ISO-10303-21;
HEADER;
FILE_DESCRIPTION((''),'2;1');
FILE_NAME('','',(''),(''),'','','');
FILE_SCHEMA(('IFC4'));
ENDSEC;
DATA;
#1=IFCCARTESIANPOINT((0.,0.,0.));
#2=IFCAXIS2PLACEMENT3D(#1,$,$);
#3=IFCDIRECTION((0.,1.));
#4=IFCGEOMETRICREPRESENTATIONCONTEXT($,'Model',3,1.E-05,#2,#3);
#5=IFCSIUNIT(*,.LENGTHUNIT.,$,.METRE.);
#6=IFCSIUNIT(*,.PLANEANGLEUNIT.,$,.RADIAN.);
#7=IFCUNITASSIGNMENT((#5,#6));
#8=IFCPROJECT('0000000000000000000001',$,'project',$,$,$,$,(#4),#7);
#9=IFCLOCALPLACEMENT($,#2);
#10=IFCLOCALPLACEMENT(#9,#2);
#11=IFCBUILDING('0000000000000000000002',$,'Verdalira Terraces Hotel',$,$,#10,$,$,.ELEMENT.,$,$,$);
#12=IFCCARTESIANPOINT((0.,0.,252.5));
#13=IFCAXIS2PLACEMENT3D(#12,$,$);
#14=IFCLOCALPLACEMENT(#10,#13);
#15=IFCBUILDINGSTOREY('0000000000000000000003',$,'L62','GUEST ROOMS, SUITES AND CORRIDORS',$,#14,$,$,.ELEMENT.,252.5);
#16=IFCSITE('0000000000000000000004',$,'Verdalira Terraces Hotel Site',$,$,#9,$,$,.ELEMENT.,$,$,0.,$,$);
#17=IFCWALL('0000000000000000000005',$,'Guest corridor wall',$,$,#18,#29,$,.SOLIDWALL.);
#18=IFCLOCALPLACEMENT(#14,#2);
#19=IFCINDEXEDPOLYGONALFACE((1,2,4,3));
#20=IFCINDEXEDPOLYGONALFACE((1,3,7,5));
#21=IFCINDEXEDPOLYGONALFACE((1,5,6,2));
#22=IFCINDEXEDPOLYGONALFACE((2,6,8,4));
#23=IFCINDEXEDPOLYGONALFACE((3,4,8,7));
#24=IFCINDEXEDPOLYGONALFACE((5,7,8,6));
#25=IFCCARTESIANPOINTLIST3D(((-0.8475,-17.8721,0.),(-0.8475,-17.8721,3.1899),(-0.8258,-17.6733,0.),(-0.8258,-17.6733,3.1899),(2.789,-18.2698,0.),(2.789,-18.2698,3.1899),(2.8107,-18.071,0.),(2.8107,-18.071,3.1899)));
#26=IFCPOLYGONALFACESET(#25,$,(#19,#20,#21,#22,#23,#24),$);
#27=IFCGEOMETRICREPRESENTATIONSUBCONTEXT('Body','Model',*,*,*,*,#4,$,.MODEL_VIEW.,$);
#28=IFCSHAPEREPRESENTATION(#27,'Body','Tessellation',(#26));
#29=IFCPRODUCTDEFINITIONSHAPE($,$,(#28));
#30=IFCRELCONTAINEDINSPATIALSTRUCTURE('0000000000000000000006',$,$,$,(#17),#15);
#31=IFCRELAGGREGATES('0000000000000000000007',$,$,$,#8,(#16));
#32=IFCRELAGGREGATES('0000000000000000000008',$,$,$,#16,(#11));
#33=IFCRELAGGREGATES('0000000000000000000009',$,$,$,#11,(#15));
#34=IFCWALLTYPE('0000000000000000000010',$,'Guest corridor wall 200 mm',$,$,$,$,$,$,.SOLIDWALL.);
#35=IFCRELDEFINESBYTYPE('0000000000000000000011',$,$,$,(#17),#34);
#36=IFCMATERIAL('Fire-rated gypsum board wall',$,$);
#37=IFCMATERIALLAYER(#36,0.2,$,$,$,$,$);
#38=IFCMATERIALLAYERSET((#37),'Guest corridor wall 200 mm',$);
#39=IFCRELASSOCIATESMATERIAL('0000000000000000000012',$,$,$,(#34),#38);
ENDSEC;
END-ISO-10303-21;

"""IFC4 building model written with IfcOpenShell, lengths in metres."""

from ifc_helpers import new_model, si_unit, direction, frame, frame_2d, origin, place, context, subcontext, project, spatial, rectangle, extrude, material, layer, layer_set, type_object, element, save


model = new_model("IFC4")

# Units and contexts
model_context = context("Model", 3, precision=1e-05, world=origin(), true_north=direction((0.0, 1.0)))
body_context = subcontext(model_context, "Body", "Model", "MODEL_VIEW")
ifc_project = project(units=[si_unit("LENGTHUNIT", "METRE"), si_unit("PLANEANGLEUNIT", "RADIAN")], contexts=[model_context])

# Site, building, storey
site_placement = place(None, origin())
site = spatial("IfcSite", under=ifc_project, at=site_placement, Name="Verdalira Terraces Hotel Site", CompositionType="ELEMENT", RefElevation=0.0)
building_placement = place(site_placement, origin())
building = spatial("IfcBuilding", under=site, at=building_placement, Name="Verdalira Terraces Hotel", CompositionType="ELEMENT")
storey_placement = place(building_placement, frame((0.0, 0.0, 252.5)))
storey = spatial("IfcBuildingStorey", under=building, at=storey_placement, Name="L62", Description="GUEST ROOMS, SUITES AND CORRIDORS", CompositionType="ELEMENT", Elevation=252.5)

# Shared definitions
ifc_material_1 = material(Name="Fire-rated gypsum board wall")
ifc_layer_1 = layer(ifc_material_1, 0.2)
ifc_layer_set_1 = layer_set([ifc_layer_1], Name="Guest corridor wall 200 mm")
wall_type_1 = type_object("IfcWallType", Name="Guest corridor wall 200 mm", PredefinedType="SOLIDWALL", material=ifc_layer_set_1)

# Wall
wall_1_placement = place(storey_placement, frame((-0.8367, -17.7727, 0.0), z_axis=(0.0, 0.0, 1.0), x_axis=(0.994073, -0.108717, 0.0)))
element("IfcWall", 1, at=wall_1_placement, inside=storey, type_object=wall_type_1, Name="Guest corridor wall", PredefinedType="SOLIDWALL", context=body_context, shape_type="SweptSolid", body=[
    extrude(rectangle(XDim=3.6582, YDim=0.2, at=frame_2d((1.8291, 0.0))), origin(), (0.0, 0.0, 1.0), 3.1899),
])

save(model, "model.ifc")
